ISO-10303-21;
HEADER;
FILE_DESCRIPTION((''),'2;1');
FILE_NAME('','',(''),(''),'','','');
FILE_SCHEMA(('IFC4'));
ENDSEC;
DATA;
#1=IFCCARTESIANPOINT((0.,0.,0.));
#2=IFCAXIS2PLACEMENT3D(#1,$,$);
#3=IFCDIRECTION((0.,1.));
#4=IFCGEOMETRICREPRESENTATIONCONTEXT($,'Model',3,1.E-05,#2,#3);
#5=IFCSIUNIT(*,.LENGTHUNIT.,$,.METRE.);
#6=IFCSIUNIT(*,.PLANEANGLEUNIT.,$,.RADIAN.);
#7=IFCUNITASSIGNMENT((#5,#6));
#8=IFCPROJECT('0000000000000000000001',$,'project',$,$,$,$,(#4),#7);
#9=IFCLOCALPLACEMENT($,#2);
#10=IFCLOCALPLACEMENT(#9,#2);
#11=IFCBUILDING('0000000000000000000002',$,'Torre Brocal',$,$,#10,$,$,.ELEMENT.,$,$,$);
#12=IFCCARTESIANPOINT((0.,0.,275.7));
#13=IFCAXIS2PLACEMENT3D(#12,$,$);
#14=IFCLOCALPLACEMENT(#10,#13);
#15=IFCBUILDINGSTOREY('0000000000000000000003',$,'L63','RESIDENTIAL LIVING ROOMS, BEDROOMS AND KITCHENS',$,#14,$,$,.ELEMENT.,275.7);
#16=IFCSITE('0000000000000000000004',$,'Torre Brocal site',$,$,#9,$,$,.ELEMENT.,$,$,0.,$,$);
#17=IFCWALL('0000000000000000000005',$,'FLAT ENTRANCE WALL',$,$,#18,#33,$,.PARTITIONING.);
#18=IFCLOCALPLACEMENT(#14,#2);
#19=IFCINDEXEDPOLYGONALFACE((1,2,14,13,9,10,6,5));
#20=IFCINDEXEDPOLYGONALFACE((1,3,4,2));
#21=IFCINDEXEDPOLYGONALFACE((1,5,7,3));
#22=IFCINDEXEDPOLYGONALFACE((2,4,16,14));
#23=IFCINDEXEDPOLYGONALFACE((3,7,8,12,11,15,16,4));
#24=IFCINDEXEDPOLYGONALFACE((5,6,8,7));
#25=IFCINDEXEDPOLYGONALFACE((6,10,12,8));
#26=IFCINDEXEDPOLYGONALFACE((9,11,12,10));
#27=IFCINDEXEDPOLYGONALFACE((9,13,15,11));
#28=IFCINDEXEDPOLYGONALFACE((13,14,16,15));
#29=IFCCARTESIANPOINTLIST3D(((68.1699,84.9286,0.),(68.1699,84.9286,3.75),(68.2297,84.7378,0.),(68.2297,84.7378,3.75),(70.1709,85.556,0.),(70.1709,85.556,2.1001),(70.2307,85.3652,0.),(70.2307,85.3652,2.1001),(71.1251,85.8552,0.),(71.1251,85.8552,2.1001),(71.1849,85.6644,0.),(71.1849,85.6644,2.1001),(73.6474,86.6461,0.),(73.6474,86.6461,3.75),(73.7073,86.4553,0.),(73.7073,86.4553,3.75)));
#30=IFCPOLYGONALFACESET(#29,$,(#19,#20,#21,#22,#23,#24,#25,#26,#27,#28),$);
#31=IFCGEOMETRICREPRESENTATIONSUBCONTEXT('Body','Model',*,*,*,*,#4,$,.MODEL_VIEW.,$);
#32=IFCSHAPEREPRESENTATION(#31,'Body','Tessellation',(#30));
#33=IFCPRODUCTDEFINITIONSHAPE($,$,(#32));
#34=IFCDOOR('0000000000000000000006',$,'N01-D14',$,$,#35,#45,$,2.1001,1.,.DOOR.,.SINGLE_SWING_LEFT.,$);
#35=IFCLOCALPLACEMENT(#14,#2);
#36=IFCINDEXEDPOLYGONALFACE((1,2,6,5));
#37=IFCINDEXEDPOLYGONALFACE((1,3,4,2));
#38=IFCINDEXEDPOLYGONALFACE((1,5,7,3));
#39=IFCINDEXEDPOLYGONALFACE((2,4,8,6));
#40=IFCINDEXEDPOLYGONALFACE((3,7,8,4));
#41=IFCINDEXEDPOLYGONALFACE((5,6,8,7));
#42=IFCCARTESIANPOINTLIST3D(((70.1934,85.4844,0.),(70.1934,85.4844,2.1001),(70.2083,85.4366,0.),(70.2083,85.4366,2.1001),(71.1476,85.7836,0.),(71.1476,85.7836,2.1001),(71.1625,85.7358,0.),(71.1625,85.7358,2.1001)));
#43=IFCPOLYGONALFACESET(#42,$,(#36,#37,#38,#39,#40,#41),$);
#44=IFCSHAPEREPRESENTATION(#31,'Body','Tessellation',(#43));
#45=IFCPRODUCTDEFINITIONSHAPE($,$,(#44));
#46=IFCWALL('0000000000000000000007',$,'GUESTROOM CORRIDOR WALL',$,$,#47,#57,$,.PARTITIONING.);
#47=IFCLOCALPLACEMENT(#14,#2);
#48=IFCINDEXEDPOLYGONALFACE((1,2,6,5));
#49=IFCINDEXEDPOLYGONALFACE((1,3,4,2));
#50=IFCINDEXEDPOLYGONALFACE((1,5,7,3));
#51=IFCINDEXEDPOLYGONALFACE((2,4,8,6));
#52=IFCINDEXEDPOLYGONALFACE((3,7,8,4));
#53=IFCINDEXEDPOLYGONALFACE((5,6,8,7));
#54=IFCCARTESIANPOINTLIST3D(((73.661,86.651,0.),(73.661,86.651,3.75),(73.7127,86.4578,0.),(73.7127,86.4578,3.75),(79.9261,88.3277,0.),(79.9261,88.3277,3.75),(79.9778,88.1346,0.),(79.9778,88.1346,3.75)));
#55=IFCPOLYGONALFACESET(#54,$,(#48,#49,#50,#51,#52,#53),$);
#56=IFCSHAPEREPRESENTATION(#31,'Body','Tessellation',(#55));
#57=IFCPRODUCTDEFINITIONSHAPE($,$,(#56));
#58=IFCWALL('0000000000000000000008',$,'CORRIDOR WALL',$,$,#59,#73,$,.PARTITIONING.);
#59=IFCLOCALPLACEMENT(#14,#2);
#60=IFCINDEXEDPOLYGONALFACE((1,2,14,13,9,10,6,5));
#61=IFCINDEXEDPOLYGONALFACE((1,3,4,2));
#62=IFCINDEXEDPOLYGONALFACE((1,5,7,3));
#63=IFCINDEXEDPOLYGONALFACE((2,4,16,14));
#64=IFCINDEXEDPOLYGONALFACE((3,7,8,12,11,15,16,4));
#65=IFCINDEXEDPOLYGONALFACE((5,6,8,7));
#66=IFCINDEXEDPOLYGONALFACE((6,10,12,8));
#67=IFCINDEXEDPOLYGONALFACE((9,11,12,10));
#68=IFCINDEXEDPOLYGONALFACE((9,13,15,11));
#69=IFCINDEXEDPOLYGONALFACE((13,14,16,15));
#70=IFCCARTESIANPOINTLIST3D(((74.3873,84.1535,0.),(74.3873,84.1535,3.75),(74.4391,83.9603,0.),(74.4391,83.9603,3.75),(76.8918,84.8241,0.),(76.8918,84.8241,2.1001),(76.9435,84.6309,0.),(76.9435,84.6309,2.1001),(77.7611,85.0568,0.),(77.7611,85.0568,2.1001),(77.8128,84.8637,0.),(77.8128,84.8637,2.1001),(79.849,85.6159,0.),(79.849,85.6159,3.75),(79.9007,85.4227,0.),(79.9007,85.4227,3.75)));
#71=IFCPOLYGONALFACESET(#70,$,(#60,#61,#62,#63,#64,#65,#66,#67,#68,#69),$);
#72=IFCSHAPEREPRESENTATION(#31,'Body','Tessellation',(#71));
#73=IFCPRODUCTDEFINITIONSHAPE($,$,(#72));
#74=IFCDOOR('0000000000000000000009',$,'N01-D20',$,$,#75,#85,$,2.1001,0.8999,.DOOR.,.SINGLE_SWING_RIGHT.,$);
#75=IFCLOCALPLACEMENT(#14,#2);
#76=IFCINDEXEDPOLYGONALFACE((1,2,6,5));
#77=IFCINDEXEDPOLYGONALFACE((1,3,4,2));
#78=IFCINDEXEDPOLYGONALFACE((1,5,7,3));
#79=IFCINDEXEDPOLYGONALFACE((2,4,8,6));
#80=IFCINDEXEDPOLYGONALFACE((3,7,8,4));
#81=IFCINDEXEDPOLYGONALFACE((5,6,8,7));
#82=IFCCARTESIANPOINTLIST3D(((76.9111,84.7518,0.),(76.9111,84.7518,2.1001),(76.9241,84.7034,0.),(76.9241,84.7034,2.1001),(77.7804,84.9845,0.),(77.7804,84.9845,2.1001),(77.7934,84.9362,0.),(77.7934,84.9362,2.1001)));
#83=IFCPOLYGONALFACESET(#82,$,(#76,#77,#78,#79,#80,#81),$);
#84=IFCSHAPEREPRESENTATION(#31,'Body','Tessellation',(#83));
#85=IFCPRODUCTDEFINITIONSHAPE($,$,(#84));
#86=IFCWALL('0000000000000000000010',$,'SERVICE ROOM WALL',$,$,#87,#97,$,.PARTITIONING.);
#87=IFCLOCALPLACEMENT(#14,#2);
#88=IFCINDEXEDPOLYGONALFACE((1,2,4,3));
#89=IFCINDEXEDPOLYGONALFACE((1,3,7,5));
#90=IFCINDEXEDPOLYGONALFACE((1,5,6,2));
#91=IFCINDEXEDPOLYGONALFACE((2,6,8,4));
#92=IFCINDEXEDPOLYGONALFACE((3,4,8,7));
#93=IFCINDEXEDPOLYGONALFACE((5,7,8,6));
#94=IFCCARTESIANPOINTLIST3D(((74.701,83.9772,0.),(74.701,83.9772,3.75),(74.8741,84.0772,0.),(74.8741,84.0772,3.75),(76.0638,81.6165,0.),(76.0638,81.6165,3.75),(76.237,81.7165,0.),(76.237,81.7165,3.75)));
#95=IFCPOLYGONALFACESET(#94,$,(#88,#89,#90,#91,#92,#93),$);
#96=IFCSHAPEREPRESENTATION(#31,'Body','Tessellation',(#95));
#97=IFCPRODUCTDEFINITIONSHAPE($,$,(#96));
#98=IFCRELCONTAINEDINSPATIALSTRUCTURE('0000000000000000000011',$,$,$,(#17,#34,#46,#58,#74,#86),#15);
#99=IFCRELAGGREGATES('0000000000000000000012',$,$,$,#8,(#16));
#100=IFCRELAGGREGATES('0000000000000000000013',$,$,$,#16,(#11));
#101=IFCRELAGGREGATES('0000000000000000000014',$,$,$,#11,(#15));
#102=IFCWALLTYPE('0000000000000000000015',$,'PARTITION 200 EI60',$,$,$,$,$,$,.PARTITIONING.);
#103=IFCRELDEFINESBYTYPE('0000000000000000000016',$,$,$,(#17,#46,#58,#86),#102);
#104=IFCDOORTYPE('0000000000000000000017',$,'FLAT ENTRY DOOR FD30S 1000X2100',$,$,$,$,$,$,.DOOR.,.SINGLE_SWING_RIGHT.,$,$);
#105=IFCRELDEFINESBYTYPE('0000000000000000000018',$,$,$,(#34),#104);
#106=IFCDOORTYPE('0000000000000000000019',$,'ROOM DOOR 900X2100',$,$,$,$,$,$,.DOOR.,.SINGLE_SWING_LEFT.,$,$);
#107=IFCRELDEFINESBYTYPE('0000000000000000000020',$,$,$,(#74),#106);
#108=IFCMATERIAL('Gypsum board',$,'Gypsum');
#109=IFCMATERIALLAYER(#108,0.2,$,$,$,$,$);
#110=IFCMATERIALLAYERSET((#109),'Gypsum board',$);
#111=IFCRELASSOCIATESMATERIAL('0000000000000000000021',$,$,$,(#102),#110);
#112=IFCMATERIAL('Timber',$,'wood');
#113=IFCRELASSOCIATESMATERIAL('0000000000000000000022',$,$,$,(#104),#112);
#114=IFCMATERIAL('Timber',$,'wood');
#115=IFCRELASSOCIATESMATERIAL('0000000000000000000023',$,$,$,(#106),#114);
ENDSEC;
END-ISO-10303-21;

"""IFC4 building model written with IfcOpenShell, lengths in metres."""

from ifc_helpers import new_model, si_unit, direction, frame, frame_2d, origin, place, context, subcontext, project, spatial, rectangle, extrude, material, layer, layer_set, type_object, element, fill, save


model = new_model("IFC4")

# Units and contexts
model_context = context("Model", 3, precision=1e-05, world=origin(), true_north=direction((0.0, 1.0)))
body_context = subcontext(model_context, "Body", "Model", "MODEL_VIEW")
ifc_project = project(units=[si_unit("LENGTHUNIT", "METRE"), si_unit("PLANEANGLEUNIT", "RADIAN")], contexts=[model_context])

# Site, building, storey
site_placement = place(None, origin())
site = spatial("IfcSite", under=ifc_project, at=site_placement, Name="Torre Brocal site", CompositionType="ELEMENT", RefElevation=0.0)
building_placement = place(site_placement, origin())
building = spatial("IfcBuilding", under=site, at=building_placement, Name="Torre Brocal", CompositionType="ELEMENT")
storey_placement = place(building_placement, frame((0.0, 0.0, 275.7)))
storey = spatial("IfcBuildingStorey", under=building, at=storey_placement, Name="L63", Description="RESIDENTIAL LIVING ROOMS, BEDROOMS AND KITCHENS", CompositionType="ELEMENT", Elevation=275.7)

# Wall, opening, door
ifc_material_1 = material(Name="Gypsum board", Category="Gypsum")
ifc_layer_1 = layer(ifc_material_1, 0.2)
ifc_layer_set_1 = layer_set([ifc_layer_1], Name="Gypsum board")
wall_type_1 = type_object("IfcWallType", Name="PARTITION 200 EI60", PredefinedType="PARTITIONING", material=ifc_layer_set_1)
wall_1_placement = place(storey_placement, frame((68.2, 84.8333, 0.0), z_axis=(0.0, 0.0, 1.0), x_axis=(0.954192, 0.299195, 0.0)))
wall_1 = element("IfcWall", 1, at=wall_1_placement, inside=storey, type_object=wall_type_1, Name="FLAT ENTRANCE WALL", PredefinedType="PARTITIONING", context=body_context, shape_type="SweptSolid", body=[
    extrude(rectangle(XDim=5.7405, YDim=0.2, at=frame_2d((2.8701, 0.0))), origin(), (0.0, 0.0, 1.0), 3.75),
])
opening_1_placement = place(wall_1_placement, frame((2.0969, 0.0, 0.0)))
opening_1 = element("IfcOpeningElement", 2, at=opening_1_placement, cuts=wall_1, PredefinedType="OPENING", context=body_context, shape_type="SweptSolid", body=[
    extrude(rectangle(XDim=1.0, YDim=2.1001, at=frame_2d((0.5, 1.05))), frame((0.0, 0.1099, 0.0), z_axis=(0.0, -1.0, 0.0), x_axis=(1.0, 0.0, 0.0)), (0.0, 0.0, 1.0), 0.22),
])
ifc_material_2 = material(Name="Timber", Category="wood")
door_type_1 = type_object("IfcDoorType", Name="FLAT ENTRY DOOR FD30S 1000X2100", OperationType="SINGLE_SWING_RIGHT", PredefinedType="DOOR", material=ifc_material_2)
door_1_placement = place(opening_1_placement, origin())
door_1 = element("IfcDoor", 3, at=door_1_placement, inside=storey, type_object=door_type_1, Name="N01-D14", OperationType="SINGLE_SWING_LEFT", OverallHeight=2.1001, OverallWidth=1.0, PredefinedType="DOOR", context=body_context, shape_type="SweptSolid", body=[
    extrude(rectangle(XDim=1.0, YDim=2.1001, at=frame_2d((0.5, 1.05))), frame((0.0, 0.0249, 0.0), z_axis=(0.0, -1.0, 0.0), x_axis=(1.0, 0.0, 0.0)), (0.0, 0.0, 1.0), 0.05),
])
fill(opening_1, door_1)

# Wall
wall_2_placement = place(storey_placement, frame((73.687, 86.5544, 0.0), z_axis=(0.0, 0.0, 1.0), x_axis=(0.966002, 0.258534, 0.0)))
element("IfcWall", 4, at=wall_2_placement, inside=storey, type_object=wall_type_1, Name="GUESTROOM CORRIDOR WALL", PredefinedType="PARTITIONING", context=body_context, shape_type="SweptSolid", body=[
    extrude(rectangle(XDim=6.4856, YDim=0.2, at=frame_2d((3.2427, 0.0))), origin(), (0.0, 0.0, 1.0), 3.75),
])

# Wall, opening, door
wall_3_placement = place(storey_placement, frame((74.4131, 84.0569, 0.0), z_axis=(0.0, 0.0, 1.0), x_axis=(0.965972, 0.258646, 0.0)))
wall_3 = element("IfcWall", 5, at=wall_3_placement, inside=storey, type_object=wall_type_1, Name="CORRIDOR WALL", PredefinedType="PARTITIONING", context=body_context, shape_type="SweptSolid", body=[
    extrude(rectangle(XDim=5.6541, YDim=0.2, at=frame_2d((2.8271, 0.0))), origin(), (0.0, 0.0, 1.0), 3.75),
])
opening_2_placement = place(wall_3_placement, frame((2.5928, 0.0, 0.0)))
opening_2 = element("IfcOpeningElement", 6, at=opening_2_placement, cuts=wall_3, PredefinedType="OPENING", context=body_context, shape_type="SweptSolid", body=[
    extrude(rectangle(XDim=0.8999, YDim=2.1001, at=frame_2d((0.45, 1.05))), frame((0.0, 0.1099, 0.0), z_axis=(0.0, -1.0, 0.0), x_axis=(1.0, 0.0, 0.0)), (0.0, 0.0, 1.0), 0.22),
])
ifc_material_3 = material(Name="Timber", Category="wood")
door_type_2 = type_object("IfcDoorType", Name="ROOM DOOR 900X2100", OperationType="SINGLE_SWING_LEFT", PredefinedType="DOOR", material=ifc_material_3)
door_2_placement = place(opening_2_placement, frame((0.8999, 0.0, 0.0), z_axis=(0.0, 0.0, 1.0), x_axis=(-1.0, 0.0, 0.0)))
door_2 = element("IfcDoor", 7, at=door_2_placement, inside=storey, type_object=door_type_2, Name="N01-D20", OperationType="SINGLE_SWING_RIGHT", OverallHeight=2.1001, OverallWidth=0.8999, PredefinedType="DOOR", context=body_context, shape_type="SweptSolid", body=[
    extrude(rectangle(XDim=0.8999, YDim=2.1001, at=frame_2d((0.45, 1.05))), frame((0.0, 0.0249, 0.0), z_axis=(0.0, -1.0, 0.0), x_axis=(1.0, 0.0, 0.0)), (0.0, 0.0, 1.0), 0.05),
])
fill(opening_2, door_2)

# Wall
wall_4_placement = place(storey_placement, frame((74.7876, 84.0271, 0.0), z_axis=(0.0, 0.0, 1.0), x_axis=(0.499973, -0.866041, 0.0)))
element("IfcWall", 8, at=wall_4_placement, inside=storey, type_object=wall_type_1, Name="SERVICE ROOM WALL", PredefinedType="PARTITIONING", context=body_context, shape_type="SweptSolid", body=[
    extrude(rectangle(XDim=2.7258, YDim=0.2, at=frame_2d((1.3628, 0.0))), origin(), (0.0, 0.0, 1.0), 3.75),
])

save(model, "model.ifc")
